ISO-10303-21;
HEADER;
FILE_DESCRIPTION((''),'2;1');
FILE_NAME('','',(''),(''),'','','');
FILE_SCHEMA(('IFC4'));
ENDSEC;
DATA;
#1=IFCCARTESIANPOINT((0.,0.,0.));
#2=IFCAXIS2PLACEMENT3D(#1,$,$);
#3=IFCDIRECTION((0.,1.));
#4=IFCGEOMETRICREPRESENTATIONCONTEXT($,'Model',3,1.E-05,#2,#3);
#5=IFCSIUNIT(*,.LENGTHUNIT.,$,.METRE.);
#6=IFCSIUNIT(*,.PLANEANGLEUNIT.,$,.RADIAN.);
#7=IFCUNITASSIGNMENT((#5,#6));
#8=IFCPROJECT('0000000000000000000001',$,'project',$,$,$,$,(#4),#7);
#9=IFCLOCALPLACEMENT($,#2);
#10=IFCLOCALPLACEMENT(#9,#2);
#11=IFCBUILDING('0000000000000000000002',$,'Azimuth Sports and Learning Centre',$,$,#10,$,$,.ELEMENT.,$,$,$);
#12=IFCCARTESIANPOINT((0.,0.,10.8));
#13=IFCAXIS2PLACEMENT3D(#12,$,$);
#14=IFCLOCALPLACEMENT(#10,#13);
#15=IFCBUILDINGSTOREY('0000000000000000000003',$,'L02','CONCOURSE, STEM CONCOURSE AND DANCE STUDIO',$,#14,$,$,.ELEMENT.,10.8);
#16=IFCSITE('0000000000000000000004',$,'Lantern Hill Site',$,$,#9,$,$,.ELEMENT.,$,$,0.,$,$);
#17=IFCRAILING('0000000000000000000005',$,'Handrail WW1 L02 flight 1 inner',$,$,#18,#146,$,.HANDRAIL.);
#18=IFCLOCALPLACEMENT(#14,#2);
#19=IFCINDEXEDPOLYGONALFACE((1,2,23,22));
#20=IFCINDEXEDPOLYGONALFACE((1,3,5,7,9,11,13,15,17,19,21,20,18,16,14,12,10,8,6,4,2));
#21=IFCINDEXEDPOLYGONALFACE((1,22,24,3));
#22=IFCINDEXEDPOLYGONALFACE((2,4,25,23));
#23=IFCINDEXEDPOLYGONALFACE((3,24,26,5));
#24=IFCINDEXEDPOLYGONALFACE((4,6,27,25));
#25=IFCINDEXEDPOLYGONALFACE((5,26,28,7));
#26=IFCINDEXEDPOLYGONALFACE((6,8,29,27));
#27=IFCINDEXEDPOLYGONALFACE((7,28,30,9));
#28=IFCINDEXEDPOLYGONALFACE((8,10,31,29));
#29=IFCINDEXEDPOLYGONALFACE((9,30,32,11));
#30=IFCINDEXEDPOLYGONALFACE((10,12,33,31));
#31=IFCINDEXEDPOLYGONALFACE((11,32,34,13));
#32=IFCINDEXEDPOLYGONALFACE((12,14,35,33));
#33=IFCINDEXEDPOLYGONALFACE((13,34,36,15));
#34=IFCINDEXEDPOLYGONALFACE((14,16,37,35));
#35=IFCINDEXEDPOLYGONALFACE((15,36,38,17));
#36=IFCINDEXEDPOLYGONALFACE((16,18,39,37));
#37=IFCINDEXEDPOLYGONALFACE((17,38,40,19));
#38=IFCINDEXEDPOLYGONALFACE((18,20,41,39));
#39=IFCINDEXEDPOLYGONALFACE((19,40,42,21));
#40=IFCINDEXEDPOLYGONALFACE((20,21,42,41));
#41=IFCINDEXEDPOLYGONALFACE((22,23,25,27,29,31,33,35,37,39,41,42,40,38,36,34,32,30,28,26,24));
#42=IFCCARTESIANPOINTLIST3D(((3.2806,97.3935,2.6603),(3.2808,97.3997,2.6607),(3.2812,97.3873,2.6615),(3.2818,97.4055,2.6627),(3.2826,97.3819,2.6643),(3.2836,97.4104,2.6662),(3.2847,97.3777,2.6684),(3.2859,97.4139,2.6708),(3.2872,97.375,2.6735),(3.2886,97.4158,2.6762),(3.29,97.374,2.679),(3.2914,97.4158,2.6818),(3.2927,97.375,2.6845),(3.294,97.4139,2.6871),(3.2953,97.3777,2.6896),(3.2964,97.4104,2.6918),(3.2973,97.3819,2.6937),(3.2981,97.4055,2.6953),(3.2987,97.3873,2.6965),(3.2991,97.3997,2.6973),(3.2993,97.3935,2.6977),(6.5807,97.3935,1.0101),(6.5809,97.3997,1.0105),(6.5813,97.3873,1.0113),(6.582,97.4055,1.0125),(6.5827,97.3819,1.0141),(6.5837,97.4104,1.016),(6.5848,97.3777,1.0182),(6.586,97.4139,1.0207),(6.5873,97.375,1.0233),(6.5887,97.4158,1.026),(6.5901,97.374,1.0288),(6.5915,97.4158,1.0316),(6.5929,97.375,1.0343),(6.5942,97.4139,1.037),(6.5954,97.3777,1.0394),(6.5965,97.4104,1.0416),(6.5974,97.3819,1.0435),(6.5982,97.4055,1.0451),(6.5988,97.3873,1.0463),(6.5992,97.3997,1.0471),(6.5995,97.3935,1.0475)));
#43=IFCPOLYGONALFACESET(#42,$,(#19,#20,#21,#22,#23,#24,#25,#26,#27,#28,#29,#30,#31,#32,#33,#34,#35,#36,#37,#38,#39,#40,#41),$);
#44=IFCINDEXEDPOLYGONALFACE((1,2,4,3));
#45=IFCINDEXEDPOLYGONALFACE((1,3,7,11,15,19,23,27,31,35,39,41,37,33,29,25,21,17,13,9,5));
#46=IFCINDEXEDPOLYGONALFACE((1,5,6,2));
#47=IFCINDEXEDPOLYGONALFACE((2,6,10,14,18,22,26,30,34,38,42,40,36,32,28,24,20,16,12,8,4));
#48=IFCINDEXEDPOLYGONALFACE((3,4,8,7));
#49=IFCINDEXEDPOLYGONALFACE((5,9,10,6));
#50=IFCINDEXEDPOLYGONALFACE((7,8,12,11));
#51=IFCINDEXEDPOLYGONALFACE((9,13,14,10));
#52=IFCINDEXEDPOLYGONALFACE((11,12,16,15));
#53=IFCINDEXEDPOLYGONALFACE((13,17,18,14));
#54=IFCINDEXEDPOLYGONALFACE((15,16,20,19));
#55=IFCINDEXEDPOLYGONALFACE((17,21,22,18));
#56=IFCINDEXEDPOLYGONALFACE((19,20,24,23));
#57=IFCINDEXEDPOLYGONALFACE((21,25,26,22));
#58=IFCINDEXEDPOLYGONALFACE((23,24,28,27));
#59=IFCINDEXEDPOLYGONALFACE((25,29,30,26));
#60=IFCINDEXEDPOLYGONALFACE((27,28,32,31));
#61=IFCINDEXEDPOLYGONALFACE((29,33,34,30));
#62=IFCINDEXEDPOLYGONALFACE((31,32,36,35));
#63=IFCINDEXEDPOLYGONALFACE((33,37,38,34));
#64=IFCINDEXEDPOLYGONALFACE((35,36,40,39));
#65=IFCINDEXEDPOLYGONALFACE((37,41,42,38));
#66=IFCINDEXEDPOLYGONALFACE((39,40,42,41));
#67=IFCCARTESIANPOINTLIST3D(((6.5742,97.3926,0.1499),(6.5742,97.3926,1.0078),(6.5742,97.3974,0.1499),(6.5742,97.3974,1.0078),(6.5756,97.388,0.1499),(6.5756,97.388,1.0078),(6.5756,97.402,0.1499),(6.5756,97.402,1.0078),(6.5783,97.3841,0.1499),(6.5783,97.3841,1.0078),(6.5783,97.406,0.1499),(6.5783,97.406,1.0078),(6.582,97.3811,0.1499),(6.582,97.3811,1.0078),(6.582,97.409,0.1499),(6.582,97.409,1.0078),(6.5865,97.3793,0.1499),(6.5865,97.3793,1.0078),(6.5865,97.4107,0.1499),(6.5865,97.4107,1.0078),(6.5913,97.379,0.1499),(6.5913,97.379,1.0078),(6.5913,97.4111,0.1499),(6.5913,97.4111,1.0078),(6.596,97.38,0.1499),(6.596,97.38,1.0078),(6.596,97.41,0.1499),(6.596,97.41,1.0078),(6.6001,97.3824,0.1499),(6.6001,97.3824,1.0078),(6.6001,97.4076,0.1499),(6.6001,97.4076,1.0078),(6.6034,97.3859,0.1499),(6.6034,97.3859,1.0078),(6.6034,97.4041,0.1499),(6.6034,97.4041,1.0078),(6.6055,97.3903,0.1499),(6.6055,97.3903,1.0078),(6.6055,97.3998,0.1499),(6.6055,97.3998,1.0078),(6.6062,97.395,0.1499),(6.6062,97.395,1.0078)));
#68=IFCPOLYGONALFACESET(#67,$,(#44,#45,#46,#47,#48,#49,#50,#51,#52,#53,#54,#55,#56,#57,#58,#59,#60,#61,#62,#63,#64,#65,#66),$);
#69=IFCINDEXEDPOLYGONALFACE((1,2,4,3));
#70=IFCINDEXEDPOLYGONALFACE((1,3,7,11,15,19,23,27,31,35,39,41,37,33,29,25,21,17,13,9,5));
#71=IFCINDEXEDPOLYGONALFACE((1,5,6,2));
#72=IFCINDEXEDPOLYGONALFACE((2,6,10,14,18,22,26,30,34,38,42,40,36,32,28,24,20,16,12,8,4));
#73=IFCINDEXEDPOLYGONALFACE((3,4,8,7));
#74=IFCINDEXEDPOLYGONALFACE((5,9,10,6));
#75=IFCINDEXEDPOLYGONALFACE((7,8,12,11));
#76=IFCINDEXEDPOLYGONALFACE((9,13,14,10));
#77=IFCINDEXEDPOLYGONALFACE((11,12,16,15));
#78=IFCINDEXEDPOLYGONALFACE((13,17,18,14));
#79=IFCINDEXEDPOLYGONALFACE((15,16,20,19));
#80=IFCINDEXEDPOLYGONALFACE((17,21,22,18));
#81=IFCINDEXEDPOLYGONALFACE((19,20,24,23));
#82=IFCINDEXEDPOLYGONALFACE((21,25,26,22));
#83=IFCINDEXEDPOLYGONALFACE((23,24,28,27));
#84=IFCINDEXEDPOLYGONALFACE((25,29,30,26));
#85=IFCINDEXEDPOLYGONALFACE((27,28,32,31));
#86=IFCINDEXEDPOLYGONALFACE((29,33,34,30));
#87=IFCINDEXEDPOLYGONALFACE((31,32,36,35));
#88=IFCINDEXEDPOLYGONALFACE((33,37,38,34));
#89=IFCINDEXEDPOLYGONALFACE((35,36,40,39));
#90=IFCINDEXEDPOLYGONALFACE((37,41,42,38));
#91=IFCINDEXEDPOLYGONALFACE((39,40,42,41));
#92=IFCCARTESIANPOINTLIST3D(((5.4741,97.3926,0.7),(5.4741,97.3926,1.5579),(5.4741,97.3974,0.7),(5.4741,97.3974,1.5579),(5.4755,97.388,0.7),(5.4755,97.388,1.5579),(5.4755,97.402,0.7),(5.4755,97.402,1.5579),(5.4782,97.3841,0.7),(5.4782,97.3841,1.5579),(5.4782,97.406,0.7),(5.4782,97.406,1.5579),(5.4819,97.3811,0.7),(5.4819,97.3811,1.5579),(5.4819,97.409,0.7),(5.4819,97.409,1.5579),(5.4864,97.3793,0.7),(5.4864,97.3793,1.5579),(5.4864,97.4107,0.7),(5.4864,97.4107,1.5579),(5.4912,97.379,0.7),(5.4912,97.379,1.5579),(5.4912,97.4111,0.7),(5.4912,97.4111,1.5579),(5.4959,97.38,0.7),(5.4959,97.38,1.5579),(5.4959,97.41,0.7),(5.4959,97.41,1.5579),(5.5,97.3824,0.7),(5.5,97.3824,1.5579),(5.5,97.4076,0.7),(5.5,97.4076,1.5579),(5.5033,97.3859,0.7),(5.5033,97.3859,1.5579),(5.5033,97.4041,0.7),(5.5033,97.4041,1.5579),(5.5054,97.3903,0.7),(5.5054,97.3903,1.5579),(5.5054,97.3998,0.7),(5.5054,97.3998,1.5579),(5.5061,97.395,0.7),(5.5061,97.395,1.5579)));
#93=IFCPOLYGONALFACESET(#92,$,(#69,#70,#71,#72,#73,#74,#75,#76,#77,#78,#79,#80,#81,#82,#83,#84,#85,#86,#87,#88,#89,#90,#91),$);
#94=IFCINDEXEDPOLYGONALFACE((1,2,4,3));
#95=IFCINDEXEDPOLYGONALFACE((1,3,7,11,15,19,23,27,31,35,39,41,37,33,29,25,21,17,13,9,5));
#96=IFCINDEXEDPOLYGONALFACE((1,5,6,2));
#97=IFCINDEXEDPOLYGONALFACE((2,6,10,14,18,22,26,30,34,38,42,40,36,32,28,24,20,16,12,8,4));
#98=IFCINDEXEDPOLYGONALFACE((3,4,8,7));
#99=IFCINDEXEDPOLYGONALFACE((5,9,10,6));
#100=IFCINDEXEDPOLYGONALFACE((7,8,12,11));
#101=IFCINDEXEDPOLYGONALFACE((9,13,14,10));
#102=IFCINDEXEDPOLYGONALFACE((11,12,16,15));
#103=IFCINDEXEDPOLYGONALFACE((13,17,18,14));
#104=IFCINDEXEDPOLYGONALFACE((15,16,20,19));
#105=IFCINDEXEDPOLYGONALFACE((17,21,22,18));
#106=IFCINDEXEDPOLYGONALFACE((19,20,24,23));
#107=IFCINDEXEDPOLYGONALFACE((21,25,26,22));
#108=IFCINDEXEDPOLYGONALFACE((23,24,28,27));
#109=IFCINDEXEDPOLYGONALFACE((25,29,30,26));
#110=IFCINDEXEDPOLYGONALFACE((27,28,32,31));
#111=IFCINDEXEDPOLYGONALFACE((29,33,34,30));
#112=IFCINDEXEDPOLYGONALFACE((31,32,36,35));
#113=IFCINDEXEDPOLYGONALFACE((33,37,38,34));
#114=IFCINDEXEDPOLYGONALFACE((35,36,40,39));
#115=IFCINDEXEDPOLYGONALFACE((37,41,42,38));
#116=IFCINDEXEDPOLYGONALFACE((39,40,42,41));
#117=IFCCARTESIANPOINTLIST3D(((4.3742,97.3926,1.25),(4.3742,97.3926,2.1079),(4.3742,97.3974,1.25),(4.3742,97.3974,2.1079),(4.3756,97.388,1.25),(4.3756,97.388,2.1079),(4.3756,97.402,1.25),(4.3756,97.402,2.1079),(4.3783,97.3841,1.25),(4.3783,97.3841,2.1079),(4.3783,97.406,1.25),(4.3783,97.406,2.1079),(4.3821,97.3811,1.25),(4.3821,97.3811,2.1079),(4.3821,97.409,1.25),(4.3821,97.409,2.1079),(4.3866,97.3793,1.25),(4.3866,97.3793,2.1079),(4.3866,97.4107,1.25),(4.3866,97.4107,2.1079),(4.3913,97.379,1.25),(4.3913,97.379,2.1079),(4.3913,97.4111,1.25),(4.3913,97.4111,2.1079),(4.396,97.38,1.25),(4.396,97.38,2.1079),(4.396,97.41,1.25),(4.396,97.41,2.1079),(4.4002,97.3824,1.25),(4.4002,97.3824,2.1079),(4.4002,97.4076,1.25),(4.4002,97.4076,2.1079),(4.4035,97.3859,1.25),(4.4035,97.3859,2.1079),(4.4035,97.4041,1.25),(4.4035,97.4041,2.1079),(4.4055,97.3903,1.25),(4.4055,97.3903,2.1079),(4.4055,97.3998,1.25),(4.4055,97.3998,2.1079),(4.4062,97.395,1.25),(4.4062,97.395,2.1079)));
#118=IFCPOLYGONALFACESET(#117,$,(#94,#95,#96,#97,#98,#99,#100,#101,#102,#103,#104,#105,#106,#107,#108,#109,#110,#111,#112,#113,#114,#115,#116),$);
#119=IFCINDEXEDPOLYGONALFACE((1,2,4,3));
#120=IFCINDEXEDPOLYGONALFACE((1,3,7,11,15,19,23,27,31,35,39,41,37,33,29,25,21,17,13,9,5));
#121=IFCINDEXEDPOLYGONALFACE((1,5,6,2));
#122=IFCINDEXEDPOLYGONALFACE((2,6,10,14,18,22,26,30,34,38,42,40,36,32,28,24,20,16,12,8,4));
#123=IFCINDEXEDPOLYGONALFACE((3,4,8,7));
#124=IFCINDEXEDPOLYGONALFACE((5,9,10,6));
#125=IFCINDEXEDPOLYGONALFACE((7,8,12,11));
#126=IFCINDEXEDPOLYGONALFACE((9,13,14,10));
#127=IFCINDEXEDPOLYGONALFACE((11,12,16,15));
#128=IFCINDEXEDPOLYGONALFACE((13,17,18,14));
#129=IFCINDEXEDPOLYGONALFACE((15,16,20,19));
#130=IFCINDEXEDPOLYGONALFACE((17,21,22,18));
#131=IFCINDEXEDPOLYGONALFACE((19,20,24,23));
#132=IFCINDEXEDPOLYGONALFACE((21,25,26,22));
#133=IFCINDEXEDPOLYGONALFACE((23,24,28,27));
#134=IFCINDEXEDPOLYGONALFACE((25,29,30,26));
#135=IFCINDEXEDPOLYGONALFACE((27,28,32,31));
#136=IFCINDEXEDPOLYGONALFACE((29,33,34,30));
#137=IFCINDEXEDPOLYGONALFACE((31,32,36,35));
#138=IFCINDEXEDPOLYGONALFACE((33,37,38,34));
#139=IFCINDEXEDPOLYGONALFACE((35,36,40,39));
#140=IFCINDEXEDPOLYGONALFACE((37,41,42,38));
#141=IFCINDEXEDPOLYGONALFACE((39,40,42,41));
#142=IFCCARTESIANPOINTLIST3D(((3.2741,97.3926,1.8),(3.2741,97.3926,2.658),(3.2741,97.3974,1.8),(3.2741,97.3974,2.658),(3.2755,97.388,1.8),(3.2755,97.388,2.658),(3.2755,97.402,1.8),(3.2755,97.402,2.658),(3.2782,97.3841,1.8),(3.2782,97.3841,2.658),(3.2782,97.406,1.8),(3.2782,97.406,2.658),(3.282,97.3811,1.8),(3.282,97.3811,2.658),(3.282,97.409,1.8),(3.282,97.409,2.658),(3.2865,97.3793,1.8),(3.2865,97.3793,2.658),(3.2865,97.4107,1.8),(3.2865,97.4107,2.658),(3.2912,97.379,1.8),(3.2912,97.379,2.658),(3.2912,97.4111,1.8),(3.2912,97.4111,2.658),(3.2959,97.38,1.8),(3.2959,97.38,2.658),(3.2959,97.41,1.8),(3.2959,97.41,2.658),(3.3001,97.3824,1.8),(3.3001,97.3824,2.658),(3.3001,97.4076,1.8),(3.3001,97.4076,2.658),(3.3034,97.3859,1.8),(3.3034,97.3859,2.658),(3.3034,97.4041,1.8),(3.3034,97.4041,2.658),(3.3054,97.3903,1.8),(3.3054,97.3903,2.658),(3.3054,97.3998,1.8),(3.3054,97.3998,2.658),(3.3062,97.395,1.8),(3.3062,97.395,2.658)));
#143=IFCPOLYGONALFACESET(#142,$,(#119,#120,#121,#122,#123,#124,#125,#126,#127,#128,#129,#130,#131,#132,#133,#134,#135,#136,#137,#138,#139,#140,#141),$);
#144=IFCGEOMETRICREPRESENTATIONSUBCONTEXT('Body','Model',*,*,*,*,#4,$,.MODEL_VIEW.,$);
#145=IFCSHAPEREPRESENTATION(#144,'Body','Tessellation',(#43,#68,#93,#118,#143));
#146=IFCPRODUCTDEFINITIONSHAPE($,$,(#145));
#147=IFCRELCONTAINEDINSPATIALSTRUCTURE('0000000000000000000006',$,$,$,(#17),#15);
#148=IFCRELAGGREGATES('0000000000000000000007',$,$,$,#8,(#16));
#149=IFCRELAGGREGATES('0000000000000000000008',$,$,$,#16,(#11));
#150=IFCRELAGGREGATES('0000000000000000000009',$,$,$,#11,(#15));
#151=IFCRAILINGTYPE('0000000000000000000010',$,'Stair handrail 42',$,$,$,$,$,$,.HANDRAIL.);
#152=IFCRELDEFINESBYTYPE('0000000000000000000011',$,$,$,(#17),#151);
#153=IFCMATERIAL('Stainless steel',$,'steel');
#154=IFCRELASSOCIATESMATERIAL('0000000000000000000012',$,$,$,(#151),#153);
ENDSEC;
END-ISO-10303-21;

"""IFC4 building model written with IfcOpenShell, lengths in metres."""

from ifc_helpers import new_model, si_unit, direction, frame, origin, origin_2d, place, context, subcontext, project, spatial, circle, extrude, material, type_object, element, save


model = new_model("IFC4")

# Units and contexts
model_context = context("Model", 3, precision=1e-05, world=origin(), true_north=direction((0.0, 1.0)))
body_context = subcontext(model_context, "Body", "Model", "MODEL_VIEW")
ifc_project = project(units=[si_unit("LENGTHUNIT", "METRE"), si_unit("PLANEANGLEUNIT", "RADIAN")], contexts=[model_context])

# Site, building, storey
site_placement = place(None, origin())
site = spatial("IfcSite", under=ifc_project, at=site_placement, Name="Lantern Hill Site", CompositionType="ELEMENT", RefElevation=0.0)
building_placement = place(site_placement, origin())
building = spatial("IfcBuilding", under=site, at=building_placement, Name="Azimuth Sports and Learning Centre", CompositionType="ELEMENT")
storey_placement = place(building_placement, frame((0.0, 0.0, 10.8)))
storey = spatial("IfcBuildingStorey", under=building, at=storey_placement, Name="L02", Description="CONCOURSE, STEM CONCOURSE AND DANCE STUDIO", CompositionType="ELEMENT", Elevation=10.8)

# Railing
ifc_material_1 = material(Name="Stainless steel", Category="steel")
railing_type = type_object("IfcRailingType", Name="Stair handrail 42", PredefinedType="HANDRAIL", material=ifc_material_1)
for number, where, name in (
    (1, (6.5901, 97.395, 0.1499), "Handrail WW1 L02 flight 1 inner"),
):
    element("IfcRailing", number, at=place(storey_placement, frame(where)), inside=storey, type_object=railing_type, Name=name, PredefinedType="HANDRAIL", context=body_context, shape_type="SweptSolid", body=[
        extrude(circle(Radius=0.021, at=origin_2d()), frame((0.0, 0.0, 0.8789), z_axis=(-0.894414, 0.0, 0.44724), x_axis=(0.0, -1.0, 0.0)), (0.0, 0.0, 1.0), 3.6897),
        extrude(circle(Radius=0.0161, at=origin_2d()), origin(), (0.0, 0.0, 1.0), 0.8579),
        extrude(circle(Radius=0.0161, at=origin_2d()), frame((-1.1001, 0.0, 0.55)), (0.0, 0.0, 1.0), 0.8579),
        extrude(circle(Radius=0.0161, at=origin_2d()), frame((-2.2, 0.0, 1.1001)), (0.0, 0.0, 1.0), 0.8579),
        extrude(circle(Radius=0.0161, at=origin_2d()), frame((-3.3, 0.0, 1.6501)), (0.0, 0.0, 1.0), 0.8579),
    ])

save(model, "model.ifc")
